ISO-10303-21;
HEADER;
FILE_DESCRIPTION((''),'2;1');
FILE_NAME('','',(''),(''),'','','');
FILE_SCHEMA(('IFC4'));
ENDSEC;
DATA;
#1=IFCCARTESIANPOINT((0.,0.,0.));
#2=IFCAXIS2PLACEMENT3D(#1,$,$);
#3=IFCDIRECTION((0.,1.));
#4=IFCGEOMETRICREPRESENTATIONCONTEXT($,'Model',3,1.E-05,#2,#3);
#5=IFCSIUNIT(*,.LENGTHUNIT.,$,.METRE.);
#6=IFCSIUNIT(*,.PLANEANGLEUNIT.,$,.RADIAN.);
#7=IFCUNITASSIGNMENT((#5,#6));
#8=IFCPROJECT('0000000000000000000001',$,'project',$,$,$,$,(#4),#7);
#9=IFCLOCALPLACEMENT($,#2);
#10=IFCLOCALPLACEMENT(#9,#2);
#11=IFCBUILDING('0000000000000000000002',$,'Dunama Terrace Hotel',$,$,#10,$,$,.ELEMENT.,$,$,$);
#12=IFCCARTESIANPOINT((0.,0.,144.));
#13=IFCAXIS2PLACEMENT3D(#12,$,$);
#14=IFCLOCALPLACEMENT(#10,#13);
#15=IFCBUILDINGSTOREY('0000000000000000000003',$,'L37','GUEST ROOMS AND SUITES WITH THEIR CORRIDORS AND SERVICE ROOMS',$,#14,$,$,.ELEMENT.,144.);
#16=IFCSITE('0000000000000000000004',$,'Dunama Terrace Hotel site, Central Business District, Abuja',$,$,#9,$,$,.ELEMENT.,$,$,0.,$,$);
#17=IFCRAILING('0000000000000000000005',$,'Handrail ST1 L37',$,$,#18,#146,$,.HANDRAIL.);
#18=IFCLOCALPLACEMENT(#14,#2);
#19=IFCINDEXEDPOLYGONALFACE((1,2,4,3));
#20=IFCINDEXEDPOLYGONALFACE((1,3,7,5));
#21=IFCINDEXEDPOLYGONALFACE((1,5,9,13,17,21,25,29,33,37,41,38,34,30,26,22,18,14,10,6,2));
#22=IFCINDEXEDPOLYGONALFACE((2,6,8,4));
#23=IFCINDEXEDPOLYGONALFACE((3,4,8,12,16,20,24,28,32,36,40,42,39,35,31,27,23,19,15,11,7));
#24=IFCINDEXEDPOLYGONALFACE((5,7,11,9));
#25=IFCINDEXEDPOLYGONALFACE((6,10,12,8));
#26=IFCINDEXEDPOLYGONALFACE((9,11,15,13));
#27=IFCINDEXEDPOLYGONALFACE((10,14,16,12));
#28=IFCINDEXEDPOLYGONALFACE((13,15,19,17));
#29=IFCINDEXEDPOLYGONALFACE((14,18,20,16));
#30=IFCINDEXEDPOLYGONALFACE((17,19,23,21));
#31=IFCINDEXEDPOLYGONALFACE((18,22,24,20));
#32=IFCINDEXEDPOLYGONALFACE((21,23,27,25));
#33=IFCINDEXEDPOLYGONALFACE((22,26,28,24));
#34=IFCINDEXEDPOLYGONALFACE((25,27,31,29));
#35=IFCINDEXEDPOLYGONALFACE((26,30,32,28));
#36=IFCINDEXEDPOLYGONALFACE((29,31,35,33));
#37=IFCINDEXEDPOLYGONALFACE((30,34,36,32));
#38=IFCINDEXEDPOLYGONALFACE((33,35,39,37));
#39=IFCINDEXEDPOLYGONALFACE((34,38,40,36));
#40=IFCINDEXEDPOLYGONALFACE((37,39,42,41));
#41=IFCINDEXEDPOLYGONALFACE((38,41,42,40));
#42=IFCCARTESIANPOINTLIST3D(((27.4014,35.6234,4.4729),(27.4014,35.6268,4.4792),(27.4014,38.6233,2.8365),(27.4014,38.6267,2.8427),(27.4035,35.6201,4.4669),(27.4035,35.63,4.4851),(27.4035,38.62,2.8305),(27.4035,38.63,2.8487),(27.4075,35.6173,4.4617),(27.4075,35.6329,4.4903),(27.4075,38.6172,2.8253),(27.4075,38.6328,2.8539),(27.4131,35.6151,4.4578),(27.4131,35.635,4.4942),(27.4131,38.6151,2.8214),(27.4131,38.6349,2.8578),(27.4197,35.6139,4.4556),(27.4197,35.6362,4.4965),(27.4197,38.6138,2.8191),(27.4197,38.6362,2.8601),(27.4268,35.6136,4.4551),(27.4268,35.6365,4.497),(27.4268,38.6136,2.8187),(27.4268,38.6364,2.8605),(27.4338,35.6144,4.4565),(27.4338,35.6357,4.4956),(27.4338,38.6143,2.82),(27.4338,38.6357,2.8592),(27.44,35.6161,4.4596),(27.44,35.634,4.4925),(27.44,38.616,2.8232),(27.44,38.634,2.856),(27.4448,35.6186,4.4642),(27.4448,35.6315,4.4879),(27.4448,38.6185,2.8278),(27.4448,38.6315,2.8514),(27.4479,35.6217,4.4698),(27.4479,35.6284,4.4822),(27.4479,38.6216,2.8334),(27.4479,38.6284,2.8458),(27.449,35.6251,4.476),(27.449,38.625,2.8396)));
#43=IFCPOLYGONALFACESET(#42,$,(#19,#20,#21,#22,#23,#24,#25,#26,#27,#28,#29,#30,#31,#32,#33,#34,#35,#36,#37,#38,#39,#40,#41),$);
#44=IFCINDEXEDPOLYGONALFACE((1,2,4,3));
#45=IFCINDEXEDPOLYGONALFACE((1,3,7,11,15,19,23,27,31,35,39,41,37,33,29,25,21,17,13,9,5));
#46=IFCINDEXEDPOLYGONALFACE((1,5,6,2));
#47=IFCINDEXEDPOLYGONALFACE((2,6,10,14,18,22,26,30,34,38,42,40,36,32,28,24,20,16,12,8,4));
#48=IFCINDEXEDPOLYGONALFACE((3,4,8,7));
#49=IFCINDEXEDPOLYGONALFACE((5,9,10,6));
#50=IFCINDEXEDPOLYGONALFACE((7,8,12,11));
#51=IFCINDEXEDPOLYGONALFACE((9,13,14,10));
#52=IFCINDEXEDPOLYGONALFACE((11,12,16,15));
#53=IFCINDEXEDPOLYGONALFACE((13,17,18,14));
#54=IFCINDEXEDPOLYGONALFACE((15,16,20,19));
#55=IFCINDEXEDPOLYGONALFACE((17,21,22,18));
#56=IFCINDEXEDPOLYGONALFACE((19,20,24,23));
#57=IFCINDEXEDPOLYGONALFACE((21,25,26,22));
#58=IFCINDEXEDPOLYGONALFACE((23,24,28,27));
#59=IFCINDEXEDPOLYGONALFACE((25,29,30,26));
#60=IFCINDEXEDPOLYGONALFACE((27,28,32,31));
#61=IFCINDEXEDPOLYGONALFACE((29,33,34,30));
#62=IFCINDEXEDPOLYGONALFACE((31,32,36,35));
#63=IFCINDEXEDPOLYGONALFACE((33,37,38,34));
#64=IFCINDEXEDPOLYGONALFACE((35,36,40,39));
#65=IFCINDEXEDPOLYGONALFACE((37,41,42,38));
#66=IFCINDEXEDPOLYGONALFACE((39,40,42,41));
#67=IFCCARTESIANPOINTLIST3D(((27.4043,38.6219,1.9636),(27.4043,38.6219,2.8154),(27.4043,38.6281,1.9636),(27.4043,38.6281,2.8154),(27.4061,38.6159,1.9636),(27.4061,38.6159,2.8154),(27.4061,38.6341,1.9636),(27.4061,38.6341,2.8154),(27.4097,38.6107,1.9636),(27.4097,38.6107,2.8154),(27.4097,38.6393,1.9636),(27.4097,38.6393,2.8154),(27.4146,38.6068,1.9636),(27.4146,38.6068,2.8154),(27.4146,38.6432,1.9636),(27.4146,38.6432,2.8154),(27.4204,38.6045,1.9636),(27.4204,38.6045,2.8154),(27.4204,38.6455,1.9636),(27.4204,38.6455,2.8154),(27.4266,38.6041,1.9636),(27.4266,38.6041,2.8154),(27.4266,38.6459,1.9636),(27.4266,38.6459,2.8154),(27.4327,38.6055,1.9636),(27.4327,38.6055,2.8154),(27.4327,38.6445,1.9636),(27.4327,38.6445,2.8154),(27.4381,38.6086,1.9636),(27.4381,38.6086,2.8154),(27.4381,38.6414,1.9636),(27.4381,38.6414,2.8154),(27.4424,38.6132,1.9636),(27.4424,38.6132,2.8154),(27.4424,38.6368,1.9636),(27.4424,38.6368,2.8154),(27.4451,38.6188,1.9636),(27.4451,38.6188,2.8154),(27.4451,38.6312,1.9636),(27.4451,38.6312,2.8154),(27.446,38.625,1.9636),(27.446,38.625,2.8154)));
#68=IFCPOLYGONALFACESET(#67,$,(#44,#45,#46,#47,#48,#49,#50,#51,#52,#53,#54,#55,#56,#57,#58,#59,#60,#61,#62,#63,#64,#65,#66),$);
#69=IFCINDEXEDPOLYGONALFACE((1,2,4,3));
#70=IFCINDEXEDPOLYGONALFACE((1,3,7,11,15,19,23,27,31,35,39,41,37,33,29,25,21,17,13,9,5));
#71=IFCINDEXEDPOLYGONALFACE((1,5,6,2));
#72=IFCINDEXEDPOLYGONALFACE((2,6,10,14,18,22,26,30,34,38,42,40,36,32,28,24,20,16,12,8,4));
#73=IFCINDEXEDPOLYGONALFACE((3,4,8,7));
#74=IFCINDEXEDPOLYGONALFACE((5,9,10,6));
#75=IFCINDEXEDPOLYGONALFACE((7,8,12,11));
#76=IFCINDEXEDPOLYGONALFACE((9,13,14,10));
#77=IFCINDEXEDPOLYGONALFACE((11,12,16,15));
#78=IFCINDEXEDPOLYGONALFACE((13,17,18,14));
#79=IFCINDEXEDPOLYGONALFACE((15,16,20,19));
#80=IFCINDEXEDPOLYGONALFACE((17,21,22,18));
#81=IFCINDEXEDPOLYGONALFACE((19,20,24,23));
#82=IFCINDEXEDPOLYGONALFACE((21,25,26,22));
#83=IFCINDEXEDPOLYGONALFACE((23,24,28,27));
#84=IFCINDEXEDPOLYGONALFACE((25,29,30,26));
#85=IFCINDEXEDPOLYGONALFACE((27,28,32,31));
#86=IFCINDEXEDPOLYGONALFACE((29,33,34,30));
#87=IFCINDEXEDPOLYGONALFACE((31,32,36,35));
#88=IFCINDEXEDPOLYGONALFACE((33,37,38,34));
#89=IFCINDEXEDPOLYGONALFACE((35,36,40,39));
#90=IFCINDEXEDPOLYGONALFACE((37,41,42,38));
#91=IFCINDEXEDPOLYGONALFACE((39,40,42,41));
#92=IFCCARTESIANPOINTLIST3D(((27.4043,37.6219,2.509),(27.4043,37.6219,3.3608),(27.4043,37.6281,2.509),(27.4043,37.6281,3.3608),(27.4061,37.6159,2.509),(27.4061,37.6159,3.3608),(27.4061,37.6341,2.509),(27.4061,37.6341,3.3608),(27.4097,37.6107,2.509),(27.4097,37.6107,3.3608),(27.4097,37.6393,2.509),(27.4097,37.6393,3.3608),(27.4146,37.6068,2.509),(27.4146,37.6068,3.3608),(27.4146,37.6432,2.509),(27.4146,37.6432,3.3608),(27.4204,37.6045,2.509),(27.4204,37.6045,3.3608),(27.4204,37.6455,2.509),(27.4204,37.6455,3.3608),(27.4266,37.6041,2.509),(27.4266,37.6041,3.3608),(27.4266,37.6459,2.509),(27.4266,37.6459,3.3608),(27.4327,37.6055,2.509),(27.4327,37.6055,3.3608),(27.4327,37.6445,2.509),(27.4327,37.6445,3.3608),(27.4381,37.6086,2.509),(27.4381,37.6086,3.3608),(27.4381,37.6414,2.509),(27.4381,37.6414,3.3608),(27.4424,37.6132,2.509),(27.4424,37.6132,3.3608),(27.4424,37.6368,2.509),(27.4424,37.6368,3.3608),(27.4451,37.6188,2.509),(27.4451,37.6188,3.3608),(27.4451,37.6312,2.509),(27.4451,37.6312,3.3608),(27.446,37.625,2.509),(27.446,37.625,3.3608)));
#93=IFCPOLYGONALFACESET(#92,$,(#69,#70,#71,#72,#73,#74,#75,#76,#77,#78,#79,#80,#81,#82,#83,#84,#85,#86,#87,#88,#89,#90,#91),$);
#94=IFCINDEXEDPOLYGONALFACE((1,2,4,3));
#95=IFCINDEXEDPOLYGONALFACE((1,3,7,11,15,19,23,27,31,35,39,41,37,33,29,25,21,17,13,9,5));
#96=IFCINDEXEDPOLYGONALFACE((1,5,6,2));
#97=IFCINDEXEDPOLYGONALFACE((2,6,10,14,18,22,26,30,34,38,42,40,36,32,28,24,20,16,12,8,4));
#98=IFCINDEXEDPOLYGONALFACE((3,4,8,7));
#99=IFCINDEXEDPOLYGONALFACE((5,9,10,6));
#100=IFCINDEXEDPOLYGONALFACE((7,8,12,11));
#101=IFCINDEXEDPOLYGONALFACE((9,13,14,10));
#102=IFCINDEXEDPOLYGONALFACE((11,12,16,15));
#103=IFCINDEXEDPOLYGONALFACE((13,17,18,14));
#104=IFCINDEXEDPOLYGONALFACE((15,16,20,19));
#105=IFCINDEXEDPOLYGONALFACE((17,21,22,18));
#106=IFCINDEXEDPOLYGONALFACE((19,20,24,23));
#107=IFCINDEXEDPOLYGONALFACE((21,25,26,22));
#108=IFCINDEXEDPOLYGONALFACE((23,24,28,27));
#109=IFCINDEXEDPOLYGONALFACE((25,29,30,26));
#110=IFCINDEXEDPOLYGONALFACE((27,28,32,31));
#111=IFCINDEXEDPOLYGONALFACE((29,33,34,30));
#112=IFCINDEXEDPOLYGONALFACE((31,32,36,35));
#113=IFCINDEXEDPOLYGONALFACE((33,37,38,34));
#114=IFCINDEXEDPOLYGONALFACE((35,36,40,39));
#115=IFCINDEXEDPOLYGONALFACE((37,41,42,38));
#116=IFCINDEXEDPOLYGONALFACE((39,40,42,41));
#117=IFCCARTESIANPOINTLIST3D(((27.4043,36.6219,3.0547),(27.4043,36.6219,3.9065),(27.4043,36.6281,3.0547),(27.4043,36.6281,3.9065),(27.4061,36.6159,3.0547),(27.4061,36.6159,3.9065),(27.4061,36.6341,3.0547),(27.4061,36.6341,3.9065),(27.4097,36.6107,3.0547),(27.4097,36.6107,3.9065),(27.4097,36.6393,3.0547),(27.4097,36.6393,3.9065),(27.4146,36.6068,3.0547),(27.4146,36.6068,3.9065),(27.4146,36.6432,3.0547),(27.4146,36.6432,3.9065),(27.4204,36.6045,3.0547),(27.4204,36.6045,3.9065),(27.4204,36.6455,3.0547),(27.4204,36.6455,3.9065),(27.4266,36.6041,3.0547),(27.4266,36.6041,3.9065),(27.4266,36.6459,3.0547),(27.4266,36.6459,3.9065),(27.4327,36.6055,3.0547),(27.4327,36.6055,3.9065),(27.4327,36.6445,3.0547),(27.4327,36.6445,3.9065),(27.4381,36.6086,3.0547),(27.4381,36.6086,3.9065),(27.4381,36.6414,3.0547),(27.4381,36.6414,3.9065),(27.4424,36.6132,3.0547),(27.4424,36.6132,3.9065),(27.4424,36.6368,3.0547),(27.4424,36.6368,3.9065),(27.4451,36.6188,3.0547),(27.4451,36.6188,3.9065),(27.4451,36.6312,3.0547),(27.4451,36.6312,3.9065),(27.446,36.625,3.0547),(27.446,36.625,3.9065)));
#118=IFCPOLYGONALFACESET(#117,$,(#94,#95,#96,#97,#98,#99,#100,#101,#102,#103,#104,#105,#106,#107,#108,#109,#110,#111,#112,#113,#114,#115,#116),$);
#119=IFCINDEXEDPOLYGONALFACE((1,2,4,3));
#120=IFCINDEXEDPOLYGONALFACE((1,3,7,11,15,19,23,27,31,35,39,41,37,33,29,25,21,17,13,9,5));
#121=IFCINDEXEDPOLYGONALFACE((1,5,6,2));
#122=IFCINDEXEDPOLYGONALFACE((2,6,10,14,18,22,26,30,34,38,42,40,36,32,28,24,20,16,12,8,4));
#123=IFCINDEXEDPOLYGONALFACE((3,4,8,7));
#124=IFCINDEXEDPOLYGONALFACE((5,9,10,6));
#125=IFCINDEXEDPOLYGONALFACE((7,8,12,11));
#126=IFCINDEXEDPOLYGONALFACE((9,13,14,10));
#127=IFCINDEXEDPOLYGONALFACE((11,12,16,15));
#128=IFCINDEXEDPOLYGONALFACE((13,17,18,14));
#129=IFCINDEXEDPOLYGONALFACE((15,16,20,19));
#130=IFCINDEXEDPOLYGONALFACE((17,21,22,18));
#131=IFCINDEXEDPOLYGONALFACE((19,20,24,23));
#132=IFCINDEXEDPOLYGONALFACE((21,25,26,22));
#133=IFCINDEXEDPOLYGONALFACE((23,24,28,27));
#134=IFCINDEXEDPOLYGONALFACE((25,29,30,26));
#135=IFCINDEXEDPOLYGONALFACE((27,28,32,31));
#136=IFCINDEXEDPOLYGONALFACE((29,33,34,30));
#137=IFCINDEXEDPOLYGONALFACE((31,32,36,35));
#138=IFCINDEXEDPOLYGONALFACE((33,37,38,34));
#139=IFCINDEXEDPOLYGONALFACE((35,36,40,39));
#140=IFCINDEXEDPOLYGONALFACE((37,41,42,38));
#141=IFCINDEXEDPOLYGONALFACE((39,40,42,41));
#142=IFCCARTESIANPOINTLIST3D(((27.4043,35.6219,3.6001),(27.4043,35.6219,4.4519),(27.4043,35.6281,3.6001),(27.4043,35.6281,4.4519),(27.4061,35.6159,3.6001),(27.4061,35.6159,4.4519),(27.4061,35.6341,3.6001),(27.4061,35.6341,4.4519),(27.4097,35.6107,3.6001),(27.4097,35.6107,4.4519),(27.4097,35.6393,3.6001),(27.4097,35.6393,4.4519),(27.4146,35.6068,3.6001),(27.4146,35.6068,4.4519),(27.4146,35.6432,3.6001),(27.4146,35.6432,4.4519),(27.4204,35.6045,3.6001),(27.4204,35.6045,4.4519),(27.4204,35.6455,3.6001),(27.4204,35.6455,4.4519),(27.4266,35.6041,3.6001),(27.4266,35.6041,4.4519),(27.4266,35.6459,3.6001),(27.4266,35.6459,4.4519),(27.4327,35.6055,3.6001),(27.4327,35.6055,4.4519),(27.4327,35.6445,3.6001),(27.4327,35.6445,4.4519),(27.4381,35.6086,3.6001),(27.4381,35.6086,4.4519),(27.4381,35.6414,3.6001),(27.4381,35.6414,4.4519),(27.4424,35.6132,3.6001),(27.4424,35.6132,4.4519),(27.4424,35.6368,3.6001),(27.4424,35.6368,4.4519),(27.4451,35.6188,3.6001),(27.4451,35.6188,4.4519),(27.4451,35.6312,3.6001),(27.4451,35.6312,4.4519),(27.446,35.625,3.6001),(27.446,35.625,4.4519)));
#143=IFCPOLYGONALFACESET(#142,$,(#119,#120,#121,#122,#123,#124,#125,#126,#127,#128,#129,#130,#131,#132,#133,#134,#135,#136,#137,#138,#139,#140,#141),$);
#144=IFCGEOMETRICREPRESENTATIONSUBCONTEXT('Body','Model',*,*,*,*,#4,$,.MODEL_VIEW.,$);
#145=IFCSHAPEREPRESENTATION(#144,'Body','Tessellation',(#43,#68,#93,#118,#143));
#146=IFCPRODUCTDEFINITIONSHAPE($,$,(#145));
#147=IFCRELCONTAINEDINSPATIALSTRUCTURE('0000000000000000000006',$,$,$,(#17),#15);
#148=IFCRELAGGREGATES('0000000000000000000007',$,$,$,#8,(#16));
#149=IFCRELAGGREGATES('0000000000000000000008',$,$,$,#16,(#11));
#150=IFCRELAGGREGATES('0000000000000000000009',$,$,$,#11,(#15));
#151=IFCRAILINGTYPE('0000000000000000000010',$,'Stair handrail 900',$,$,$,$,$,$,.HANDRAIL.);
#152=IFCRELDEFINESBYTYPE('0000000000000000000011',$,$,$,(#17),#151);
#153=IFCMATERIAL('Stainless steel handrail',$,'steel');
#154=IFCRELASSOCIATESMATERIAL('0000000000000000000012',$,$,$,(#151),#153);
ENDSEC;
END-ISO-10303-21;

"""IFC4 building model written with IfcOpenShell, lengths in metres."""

from ifc_helpers import new_model, si_unit, direction, frame, origin, origin_2d, place, context, subcontext, project, spatial, circle, extrude, material, type_object, element, save


model = new_model("IFC4")

# Units and contexts
model_context = context("Model", 3, precision=1e-05, world=origin(), true_north=direction((0.0, 1.0)))
body_context = subcontext(model_context, "Body", "Model", "MODEL_VIEW")
ifc_project = project(units=[si_unit("LENGTHUNIT", "METRE"), si_unit("PLANEANGLEUNIT", "RADIAN")], contexts=[model_context])

# Site, building, storey
site_placement = place(None, origin())
site = spatial("IfcSite", under=ifc_project, at=site_placement, Name="Dunama Terrace Hotel site, Central Business District, Abuja", CompositionType="ELEMENT", RefElevation=0.0)
building_placement = place(site_placement, origin())
building = spatial("IfcBuilding", under=site, at=building_placement, Name="Dunama Terrace Hotel", CompositionType="ELEMENT")
storey_placement = place(building_placement, frame((0.0, 0.0, 144.0)))
storey = spatial("IfcBuildingStorey", under=building, at=storey_placement, Name="L37", Description="GUEST ROOMS AND SUITES WITH THEIR CORRIDORS AND SERVICE ROOMS", CompositionType="ELEMENT", Elevation=144.0)

# Railing
ifc_material_1 = material(Name="Stainless steel handrail", Category="steel")
railing_type = type_object("IfcRailingType", Name="Stair handrail 900", PredefinedType="HANDRAIL", material=ifc_material_1)
railing_1_placement = place(storey_placement, frame((27.425, 38.625, 1.9636)))
element("IfcRailing", 1, at=railing_1_placement, inside=storey, type_object=railing_type, Name="Handrail ST1 L37", PredefinedType="HANDRAIL", context=body_context, shape_type="SweptSolid", body=[
    extrude(circle(Radius=0.0239, at=origin_2d()), frame((0.0, 0.0, 0.876), z_axis=(0.0, -0.877882, 0.478877), x_axis=(1.0, 0.0, 0.0)), (0.0, 0.0, 1.0), 3.4172),
    extrude(circle(Radius=0.021, at=origin_2d()), origin(), (0.0, 0.0, 1.0), 0.8518),
    extrude(circle(Radius=0.021, at=origin_2d()), frame((0.0, -1.0, 0.5454)), (0.0, 0.0, 1.0), 0.8518),
    extrude(circle(Radius=0.021, at=origin_2d()), frame((0.0, -2.0, 1.0911)), (0.0, 0.0, 1.0), 0.8518),
    extrude(circle(Radius=0.021, at=origin_2d()), frame((0.0, -3.0, 1.6365)), (0.0, 0.0, 1.0), 0.8518),
])

save(model, "model.ifc")
